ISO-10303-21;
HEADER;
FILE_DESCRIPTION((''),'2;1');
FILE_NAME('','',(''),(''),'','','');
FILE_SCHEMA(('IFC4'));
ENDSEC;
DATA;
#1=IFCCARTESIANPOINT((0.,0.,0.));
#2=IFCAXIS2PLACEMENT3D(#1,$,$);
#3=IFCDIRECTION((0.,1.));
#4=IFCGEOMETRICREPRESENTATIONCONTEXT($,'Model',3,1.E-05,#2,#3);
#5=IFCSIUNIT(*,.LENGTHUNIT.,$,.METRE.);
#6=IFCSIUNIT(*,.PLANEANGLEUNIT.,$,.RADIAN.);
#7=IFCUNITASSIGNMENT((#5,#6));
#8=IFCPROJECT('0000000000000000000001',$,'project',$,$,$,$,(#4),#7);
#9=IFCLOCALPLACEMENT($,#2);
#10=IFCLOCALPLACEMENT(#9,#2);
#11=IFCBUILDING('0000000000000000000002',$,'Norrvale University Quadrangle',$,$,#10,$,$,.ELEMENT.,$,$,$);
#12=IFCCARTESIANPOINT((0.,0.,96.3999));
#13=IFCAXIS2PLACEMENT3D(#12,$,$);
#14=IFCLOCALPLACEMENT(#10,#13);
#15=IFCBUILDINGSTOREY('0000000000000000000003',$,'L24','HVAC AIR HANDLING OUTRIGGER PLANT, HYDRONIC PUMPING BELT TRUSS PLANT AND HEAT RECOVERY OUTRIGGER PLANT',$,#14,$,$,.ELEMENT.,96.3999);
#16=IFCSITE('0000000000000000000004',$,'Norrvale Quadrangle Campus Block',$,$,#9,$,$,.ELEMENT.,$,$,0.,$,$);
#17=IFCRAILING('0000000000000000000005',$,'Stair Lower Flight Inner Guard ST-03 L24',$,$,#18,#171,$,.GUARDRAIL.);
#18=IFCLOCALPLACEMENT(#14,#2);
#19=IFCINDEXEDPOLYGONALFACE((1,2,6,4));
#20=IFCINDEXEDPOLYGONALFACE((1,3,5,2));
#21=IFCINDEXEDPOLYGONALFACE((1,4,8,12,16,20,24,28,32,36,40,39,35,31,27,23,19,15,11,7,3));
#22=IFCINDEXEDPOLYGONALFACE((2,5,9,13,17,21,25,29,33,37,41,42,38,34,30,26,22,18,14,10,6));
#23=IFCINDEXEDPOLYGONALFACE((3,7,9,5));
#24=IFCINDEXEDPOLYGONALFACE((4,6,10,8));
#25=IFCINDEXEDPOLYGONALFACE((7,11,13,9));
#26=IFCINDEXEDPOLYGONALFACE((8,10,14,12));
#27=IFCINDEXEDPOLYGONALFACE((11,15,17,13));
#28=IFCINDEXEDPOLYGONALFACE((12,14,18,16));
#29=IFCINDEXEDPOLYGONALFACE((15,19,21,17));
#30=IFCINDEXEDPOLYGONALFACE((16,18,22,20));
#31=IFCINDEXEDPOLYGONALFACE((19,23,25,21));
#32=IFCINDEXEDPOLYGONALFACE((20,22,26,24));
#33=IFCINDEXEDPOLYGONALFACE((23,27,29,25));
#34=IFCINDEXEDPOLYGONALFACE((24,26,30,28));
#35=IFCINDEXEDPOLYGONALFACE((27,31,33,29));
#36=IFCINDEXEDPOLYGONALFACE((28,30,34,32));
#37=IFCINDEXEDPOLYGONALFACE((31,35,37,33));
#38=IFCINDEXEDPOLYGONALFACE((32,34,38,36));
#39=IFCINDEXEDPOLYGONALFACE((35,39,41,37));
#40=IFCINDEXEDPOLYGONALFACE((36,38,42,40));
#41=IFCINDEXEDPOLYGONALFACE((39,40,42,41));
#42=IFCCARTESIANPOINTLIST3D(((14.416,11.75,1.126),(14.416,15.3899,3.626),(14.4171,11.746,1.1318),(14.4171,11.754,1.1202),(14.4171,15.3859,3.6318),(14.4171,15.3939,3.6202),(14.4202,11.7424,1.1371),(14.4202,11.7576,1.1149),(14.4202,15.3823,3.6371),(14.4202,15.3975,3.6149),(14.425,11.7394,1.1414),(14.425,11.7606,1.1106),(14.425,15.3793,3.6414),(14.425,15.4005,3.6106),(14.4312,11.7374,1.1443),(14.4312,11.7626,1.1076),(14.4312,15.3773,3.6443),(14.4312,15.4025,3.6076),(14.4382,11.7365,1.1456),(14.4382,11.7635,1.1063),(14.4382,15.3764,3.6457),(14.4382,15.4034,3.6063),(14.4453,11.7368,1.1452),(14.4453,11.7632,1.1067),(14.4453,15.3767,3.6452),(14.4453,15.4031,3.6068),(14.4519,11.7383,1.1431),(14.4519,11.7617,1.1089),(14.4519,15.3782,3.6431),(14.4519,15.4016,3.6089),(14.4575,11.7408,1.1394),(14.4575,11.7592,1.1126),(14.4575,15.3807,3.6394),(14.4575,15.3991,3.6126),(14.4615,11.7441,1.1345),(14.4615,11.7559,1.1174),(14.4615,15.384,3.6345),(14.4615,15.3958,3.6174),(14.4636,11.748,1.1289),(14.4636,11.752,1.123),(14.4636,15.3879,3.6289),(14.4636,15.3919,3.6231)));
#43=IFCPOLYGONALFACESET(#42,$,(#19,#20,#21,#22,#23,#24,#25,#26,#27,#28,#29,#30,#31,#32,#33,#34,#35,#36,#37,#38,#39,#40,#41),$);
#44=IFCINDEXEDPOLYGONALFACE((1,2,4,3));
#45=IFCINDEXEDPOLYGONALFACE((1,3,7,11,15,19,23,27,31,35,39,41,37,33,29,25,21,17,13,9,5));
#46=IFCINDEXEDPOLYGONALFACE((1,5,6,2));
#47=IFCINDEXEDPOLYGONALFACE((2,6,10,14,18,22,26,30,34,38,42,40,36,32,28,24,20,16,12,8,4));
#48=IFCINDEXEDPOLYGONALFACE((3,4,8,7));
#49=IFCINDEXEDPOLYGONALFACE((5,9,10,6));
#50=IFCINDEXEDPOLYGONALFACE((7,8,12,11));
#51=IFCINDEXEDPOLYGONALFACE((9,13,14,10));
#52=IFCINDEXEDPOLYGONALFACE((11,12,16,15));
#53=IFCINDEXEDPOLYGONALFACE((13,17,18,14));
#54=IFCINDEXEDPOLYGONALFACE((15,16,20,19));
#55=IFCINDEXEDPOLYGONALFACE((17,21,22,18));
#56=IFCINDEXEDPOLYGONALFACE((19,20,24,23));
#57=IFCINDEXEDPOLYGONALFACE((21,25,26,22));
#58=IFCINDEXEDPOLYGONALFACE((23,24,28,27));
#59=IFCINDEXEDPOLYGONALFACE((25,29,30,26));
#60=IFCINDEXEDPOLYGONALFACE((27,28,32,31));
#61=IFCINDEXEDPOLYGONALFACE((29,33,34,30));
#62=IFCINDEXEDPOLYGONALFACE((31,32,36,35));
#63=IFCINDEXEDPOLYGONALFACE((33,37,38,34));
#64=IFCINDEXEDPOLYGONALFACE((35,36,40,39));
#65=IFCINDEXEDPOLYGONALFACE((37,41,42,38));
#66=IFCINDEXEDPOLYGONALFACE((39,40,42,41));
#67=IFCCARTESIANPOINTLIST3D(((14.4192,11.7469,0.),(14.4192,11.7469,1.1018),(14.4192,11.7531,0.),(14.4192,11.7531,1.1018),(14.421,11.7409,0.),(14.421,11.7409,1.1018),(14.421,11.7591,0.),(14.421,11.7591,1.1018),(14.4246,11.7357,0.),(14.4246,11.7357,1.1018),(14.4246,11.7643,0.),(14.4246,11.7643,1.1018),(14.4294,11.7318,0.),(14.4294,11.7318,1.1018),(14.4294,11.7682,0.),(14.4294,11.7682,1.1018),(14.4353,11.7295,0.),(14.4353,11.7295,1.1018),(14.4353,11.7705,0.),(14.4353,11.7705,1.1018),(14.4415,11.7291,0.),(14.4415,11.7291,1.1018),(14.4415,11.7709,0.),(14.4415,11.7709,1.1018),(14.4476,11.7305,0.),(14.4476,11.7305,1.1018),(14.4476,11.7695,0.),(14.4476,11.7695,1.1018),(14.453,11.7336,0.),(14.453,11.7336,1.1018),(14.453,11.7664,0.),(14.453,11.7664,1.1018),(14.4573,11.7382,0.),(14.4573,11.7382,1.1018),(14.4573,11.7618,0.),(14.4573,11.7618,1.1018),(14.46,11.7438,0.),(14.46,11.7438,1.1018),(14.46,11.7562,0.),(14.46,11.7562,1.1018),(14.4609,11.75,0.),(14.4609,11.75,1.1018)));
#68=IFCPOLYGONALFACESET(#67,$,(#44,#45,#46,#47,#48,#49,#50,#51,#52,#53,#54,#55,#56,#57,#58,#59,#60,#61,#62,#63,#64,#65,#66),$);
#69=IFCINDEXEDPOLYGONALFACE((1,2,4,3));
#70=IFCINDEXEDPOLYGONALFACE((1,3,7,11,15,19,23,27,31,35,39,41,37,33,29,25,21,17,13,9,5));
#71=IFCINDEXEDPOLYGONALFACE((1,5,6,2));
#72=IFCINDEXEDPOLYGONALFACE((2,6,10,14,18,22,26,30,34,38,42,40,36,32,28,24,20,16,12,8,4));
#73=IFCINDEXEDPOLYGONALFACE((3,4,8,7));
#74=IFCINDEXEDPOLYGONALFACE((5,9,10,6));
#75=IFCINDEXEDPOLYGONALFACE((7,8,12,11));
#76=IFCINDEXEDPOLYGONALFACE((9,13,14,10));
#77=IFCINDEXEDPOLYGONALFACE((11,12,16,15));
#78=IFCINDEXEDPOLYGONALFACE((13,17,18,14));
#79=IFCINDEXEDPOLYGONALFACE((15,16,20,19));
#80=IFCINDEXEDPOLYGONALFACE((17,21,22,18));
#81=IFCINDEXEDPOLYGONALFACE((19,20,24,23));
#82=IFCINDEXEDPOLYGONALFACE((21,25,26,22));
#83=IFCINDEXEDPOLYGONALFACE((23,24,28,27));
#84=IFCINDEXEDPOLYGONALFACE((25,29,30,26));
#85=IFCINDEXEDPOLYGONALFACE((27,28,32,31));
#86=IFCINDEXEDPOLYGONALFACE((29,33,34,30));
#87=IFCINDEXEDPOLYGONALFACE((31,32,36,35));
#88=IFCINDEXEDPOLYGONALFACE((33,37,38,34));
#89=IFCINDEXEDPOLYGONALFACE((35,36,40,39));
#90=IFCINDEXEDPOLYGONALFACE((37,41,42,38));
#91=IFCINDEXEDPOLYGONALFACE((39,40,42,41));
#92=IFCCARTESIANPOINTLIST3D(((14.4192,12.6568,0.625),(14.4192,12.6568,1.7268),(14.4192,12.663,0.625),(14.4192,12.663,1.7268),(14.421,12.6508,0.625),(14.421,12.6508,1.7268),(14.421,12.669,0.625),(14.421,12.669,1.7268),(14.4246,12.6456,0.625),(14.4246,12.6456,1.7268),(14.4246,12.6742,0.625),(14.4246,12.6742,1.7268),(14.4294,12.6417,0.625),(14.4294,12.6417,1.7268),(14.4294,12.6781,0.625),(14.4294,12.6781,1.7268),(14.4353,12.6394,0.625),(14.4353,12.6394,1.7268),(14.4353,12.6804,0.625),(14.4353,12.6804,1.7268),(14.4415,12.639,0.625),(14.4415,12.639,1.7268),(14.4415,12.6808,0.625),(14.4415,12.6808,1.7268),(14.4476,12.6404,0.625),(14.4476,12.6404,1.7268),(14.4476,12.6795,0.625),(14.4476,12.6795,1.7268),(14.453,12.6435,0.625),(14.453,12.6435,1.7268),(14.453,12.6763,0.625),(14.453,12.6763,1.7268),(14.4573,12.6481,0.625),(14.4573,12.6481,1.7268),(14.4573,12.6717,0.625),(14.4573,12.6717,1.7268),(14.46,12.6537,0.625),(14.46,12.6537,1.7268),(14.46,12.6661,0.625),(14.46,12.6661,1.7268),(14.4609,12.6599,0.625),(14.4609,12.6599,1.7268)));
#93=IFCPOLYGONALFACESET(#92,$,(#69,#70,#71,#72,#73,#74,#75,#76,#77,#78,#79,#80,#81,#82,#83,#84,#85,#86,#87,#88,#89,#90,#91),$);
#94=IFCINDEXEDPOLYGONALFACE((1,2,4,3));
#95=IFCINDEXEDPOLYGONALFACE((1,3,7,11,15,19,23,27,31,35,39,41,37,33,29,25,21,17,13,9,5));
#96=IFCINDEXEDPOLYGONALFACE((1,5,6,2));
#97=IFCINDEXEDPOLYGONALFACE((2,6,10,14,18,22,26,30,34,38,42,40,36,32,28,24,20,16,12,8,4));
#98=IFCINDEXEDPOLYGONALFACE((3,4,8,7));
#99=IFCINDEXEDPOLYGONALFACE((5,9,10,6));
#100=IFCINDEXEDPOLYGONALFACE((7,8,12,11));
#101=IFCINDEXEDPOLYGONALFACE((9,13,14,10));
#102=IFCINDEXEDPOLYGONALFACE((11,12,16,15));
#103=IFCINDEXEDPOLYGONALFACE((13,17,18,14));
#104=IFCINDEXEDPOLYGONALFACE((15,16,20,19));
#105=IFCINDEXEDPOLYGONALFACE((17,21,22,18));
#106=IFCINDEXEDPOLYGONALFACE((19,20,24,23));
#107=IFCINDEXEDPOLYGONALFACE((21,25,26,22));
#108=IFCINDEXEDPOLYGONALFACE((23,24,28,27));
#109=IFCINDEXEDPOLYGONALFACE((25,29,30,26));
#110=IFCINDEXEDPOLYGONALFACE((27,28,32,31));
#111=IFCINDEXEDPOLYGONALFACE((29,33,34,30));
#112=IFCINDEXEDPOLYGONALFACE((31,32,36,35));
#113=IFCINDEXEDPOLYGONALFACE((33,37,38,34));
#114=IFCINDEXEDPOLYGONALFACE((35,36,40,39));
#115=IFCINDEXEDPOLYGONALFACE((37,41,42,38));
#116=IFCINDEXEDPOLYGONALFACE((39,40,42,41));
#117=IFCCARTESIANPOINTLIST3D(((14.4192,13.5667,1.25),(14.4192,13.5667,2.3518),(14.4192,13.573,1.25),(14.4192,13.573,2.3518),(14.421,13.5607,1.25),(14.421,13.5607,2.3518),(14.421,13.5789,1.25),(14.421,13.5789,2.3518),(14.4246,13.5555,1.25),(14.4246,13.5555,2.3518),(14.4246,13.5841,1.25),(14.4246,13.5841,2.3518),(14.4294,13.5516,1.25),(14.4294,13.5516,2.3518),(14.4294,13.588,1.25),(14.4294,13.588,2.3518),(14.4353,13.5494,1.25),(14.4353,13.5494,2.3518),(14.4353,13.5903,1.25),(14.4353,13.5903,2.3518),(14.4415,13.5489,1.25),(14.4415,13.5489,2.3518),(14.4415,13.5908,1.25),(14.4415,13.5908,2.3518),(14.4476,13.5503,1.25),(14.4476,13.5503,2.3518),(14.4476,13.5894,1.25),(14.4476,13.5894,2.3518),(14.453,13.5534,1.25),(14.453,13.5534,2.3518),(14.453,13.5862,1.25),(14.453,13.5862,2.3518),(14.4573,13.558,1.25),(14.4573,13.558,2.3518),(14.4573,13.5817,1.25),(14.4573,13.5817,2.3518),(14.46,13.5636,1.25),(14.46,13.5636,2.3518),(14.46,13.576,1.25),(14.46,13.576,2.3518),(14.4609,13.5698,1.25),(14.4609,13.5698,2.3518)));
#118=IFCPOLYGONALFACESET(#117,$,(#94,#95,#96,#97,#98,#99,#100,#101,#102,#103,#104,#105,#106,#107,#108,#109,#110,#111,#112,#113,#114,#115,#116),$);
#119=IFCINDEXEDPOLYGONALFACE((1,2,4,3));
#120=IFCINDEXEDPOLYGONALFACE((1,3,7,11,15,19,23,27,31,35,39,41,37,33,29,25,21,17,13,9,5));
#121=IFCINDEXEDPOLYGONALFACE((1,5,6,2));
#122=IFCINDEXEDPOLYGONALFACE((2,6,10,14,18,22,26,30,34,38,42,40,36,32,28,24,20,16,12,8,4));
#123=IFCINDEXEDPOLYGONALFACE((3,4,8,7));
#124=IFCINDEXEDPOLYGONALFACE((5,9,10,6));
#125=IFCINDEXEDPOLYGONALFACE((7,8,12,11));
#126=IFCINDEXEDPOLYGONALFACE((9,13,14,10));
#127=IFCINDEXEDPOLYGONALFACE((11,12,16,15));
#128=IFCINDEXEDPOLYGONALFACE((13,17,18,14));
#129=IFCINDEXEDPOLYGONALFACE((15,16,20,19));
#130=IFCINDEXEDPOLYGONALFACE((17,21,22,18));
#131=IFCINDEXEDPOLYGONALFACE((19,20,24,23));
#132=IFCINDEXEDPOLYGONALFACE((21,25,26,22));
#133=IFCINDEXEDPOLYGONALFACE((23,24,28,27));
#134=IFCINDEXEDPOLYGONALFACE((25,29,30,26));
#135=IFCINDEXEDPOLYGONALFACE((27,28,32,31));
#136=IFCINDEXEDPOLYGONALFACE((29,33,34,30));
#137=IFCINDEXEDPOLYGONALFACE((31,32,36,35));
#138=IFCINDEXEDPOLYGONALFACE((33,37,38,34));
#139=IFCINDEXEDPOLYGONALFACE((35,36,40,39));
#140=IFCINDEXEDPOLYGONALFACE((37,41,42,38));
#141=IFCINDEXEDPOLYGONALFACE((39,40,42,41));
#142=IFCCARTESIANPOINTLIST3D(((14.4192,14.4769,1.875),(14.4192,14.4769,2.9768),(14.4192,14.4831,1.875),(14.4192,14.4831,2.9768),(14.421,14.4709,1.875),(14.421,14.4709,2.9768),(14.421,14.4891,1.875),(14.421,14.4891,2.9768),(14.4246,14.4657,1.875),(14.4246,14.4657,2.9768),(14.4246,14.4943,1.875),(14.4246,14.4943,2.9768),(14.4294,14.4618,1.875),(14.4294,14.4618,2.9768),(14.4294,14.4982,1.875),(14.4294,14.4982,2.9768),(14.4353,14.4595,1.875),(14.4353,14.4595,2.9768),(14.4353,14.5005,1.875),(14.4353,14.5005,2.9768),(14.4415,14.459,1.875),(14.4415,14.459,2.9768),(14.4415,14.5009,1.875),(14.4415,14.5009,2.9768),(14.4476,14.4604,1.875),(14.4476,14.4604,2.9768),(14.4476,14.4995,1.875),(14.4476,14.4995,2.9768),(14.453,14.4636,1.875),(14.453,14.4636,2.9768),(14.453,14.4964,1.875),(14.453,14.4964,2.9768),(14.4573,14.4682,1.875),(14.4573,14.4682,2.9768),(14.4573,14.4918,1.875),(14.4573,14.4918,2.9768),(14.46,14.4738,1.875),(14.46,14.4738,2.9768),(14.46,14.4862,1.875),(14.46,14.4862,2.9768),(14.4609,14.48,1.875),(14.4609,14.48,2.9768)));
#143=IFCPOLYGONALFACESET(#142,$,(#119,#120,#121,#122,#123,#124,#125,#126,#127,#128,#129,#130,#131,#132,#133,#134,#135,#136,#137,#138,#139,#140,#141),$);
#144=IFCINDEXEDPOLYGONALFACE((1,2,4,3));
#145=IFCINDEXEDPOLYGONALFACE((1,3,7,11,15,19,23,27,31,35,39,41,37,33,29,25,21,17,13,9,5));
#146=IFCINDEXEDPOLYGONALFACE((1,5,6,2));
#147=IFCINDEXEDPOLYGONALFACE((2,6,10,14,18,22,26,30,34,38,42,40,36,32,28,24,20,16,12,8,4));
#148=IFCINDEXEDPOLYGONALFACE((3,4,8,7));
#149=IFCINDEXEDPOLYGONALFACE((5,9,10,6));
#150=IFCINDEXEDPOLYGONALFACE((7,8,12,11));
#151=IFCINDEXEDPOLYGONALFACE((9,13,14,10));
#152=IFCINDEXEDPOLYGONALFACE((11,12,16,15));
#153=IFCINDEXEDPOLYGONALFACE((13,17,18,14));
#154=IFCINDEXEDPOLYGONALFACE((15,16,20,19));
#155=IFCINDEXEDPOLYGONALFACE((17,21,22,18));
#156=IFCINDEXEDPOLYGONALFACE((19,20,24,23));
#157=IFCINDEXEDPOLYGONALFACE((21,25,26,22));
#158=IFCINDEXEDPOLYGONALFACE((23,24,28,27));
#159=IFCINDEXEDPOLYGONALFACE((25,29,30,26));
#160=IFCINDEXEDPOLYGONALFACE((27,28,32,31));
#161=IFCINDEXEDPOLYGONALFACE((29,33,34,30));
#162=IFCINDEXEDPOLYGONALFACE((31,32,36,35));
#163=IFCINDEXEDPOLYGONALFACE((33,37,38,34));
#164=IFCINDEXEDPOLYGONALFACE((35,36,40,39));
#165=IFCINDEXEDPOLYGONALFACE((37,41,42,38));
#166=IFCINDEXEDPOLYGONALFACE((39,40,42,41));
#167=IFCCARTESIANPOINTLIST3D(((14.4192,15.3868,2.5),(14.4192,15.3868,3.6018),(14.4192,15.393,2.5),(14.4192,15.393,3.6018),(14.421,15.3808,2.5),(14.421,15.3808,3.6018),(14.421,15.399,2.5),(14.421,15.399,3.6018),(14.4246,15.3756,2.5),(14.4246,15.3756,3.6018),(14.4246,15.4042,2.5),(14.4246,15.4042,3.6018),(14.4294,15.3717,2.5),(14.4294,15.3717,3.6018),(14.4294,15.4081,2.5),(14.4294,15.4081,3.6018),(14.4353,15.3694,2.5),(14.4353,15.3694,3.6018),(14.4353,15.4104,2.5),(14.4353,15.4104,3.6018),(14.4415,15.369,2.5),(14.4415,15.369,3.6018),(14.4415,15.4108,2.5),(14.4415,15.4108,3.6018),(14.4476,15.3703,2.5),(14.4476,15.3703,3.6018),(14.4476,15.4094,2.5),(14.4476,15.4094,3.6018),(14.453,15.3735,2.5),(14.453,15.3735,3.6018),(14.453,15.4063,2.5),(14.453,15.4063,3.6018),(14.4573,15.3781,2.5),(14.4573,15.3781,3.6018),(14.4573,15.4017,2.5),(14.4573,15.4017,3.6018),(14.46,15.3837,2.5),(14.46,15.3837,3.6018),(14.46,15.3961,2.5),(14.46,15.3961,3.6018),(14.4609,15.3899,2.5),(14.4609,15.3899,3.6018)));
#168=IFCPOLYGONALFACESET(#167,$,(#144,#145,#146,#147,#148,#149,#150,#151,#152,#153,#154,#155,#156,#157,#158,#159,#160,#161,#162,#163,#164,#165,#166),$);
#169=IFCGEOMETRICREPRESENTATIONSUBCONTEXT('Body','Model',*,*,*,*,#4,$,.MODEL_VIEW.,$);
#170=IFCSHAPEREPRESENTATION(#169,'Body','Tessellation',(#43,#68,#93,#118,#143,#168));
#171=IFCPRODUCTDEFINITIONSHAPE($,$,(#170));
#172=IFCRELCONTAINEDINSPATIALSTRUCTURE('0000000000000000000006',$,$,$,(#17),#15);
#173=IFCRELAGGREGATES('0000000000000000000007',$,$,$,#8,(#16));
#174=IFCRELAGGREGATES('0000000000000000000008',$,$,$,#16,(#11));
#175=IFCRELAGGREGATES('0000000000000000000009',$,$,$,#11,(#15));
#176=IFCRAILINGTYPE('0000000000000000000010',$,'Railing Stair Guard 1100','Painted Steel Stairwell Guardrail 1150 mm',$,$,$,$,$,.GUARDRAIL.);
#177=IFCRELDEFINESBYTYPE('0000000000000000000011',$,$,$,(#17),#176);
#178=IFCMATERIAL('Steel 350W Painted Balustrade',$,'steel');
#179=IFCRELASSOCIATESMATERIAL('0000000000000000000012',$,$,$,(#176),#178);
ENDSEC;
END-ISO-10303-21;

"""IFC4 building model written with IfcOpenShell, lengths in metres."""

from ifc_helpers import new_model, si_unit, direction, frame, origin, origin_2d, place, context, subcontext, project, spatial, circle, extrude, material, type_object, element, save


model = new_model("IFC4")

# Units and contexts
model_context = context("Model", 3, precision=1e-05, world=origin(), true_north=direction((0.0, 1.0)))
body_context = subcontext(model_context, "Body", "Model", "MODEL_VIEW")
ifc_project = project(units=[si_unit("LENGTHUNIT", "METRE"), si_unit("PLANEANGLEUNIT", "RADIAN")], contexts=[model_context])

# Site, building, storey
site_placement = place(None, origin())
site = spatial("IfcSite", under=ifc_project, at=site_placement, Name="Norrvale Quadrangle Campus Block", CompositionType="ELEMENT", RefElevation=0.0)
building_placement = place(site_placement, origin())
building = spatial("IfcBuilding", under=site, at=building_placement, Name="Norrvale University Quadrangle", CompositionType="ELEMENT")
storey_placement = place(building_placement, frame((0.0, 0.0, 96.3999)))
storey = spatial("IfcBuildingStorey", under=building, at=storey_placement, Name="L24", Description="HVAC AIR HANDLING OUTRIGGER PLANT, HYDRONIC PUMPING BELT TRUSS PLANT AND HEAT RECOVERY OUTRIGGER PLANT", CompositionType="ELEMENT", Elevation=96.3999)

# Railing
ifc_material_1 = material(Name="Steel 350W Painted Balustrade", Category="steel")
railing_type_1 = type_object("IfcRailingType", Name="Railing Stair Guard 1100", Description="Painted Steel Stairwell Guardrail 1150 mm", PredefinedType="GUARDRAIL", material=ifc_material_1)
railing_1_placement = place(storey_placement, frame((14.4399, 11.75, 0.0)))
element("IfcRailing", 1, at=railing_1_placement, inside=storey, type_object=railing_type_1, Name="Stair Lower Flight Inner Guard ST-03 L24", PredefinedType="GUARDRAIL", context=body_context, shape_type="SweptSolid", body=[
    extrude(circle(Radius=0.0239, at=origin_2d()), frame((0.0, 0.0, 1.126), z_axis=(0.0, 0.824298, 0.566156), x_axis=(-1.0, 0.0, 0.0)), (0.0, 0.0, 1.0), 4.4158),
    extrude(circle(Radius=0.021, at=origin_2d()), origin(), (0.0, 0.0, 1.0), 1.1018),
    extrude(circle(Radius=0.021, at=origin_2d()), frame((0.0, 0.9099, 0.625)), (0.0, 0.0, 1.0), 1.1018),
    extrude(circle(Radius=0.021, at=origin_2d()), frame((0.0, 1.8198, 1.25)), (0.0, 0.0, 1.0), 1.1018),
    extrude(circle(Radius=0.021, at=origin_2d()), frame((0.0, 2.73, 1.875)), (0.0, 0.0, 1.0), 1.1018),
    extrude(circle(Radius=0.021, at=origin_2d()), frame((0.0, 3.6399, 2.5)), (0.0, 0.0, 1.0), 1.1018),
])

save(model, "model.ifc")
